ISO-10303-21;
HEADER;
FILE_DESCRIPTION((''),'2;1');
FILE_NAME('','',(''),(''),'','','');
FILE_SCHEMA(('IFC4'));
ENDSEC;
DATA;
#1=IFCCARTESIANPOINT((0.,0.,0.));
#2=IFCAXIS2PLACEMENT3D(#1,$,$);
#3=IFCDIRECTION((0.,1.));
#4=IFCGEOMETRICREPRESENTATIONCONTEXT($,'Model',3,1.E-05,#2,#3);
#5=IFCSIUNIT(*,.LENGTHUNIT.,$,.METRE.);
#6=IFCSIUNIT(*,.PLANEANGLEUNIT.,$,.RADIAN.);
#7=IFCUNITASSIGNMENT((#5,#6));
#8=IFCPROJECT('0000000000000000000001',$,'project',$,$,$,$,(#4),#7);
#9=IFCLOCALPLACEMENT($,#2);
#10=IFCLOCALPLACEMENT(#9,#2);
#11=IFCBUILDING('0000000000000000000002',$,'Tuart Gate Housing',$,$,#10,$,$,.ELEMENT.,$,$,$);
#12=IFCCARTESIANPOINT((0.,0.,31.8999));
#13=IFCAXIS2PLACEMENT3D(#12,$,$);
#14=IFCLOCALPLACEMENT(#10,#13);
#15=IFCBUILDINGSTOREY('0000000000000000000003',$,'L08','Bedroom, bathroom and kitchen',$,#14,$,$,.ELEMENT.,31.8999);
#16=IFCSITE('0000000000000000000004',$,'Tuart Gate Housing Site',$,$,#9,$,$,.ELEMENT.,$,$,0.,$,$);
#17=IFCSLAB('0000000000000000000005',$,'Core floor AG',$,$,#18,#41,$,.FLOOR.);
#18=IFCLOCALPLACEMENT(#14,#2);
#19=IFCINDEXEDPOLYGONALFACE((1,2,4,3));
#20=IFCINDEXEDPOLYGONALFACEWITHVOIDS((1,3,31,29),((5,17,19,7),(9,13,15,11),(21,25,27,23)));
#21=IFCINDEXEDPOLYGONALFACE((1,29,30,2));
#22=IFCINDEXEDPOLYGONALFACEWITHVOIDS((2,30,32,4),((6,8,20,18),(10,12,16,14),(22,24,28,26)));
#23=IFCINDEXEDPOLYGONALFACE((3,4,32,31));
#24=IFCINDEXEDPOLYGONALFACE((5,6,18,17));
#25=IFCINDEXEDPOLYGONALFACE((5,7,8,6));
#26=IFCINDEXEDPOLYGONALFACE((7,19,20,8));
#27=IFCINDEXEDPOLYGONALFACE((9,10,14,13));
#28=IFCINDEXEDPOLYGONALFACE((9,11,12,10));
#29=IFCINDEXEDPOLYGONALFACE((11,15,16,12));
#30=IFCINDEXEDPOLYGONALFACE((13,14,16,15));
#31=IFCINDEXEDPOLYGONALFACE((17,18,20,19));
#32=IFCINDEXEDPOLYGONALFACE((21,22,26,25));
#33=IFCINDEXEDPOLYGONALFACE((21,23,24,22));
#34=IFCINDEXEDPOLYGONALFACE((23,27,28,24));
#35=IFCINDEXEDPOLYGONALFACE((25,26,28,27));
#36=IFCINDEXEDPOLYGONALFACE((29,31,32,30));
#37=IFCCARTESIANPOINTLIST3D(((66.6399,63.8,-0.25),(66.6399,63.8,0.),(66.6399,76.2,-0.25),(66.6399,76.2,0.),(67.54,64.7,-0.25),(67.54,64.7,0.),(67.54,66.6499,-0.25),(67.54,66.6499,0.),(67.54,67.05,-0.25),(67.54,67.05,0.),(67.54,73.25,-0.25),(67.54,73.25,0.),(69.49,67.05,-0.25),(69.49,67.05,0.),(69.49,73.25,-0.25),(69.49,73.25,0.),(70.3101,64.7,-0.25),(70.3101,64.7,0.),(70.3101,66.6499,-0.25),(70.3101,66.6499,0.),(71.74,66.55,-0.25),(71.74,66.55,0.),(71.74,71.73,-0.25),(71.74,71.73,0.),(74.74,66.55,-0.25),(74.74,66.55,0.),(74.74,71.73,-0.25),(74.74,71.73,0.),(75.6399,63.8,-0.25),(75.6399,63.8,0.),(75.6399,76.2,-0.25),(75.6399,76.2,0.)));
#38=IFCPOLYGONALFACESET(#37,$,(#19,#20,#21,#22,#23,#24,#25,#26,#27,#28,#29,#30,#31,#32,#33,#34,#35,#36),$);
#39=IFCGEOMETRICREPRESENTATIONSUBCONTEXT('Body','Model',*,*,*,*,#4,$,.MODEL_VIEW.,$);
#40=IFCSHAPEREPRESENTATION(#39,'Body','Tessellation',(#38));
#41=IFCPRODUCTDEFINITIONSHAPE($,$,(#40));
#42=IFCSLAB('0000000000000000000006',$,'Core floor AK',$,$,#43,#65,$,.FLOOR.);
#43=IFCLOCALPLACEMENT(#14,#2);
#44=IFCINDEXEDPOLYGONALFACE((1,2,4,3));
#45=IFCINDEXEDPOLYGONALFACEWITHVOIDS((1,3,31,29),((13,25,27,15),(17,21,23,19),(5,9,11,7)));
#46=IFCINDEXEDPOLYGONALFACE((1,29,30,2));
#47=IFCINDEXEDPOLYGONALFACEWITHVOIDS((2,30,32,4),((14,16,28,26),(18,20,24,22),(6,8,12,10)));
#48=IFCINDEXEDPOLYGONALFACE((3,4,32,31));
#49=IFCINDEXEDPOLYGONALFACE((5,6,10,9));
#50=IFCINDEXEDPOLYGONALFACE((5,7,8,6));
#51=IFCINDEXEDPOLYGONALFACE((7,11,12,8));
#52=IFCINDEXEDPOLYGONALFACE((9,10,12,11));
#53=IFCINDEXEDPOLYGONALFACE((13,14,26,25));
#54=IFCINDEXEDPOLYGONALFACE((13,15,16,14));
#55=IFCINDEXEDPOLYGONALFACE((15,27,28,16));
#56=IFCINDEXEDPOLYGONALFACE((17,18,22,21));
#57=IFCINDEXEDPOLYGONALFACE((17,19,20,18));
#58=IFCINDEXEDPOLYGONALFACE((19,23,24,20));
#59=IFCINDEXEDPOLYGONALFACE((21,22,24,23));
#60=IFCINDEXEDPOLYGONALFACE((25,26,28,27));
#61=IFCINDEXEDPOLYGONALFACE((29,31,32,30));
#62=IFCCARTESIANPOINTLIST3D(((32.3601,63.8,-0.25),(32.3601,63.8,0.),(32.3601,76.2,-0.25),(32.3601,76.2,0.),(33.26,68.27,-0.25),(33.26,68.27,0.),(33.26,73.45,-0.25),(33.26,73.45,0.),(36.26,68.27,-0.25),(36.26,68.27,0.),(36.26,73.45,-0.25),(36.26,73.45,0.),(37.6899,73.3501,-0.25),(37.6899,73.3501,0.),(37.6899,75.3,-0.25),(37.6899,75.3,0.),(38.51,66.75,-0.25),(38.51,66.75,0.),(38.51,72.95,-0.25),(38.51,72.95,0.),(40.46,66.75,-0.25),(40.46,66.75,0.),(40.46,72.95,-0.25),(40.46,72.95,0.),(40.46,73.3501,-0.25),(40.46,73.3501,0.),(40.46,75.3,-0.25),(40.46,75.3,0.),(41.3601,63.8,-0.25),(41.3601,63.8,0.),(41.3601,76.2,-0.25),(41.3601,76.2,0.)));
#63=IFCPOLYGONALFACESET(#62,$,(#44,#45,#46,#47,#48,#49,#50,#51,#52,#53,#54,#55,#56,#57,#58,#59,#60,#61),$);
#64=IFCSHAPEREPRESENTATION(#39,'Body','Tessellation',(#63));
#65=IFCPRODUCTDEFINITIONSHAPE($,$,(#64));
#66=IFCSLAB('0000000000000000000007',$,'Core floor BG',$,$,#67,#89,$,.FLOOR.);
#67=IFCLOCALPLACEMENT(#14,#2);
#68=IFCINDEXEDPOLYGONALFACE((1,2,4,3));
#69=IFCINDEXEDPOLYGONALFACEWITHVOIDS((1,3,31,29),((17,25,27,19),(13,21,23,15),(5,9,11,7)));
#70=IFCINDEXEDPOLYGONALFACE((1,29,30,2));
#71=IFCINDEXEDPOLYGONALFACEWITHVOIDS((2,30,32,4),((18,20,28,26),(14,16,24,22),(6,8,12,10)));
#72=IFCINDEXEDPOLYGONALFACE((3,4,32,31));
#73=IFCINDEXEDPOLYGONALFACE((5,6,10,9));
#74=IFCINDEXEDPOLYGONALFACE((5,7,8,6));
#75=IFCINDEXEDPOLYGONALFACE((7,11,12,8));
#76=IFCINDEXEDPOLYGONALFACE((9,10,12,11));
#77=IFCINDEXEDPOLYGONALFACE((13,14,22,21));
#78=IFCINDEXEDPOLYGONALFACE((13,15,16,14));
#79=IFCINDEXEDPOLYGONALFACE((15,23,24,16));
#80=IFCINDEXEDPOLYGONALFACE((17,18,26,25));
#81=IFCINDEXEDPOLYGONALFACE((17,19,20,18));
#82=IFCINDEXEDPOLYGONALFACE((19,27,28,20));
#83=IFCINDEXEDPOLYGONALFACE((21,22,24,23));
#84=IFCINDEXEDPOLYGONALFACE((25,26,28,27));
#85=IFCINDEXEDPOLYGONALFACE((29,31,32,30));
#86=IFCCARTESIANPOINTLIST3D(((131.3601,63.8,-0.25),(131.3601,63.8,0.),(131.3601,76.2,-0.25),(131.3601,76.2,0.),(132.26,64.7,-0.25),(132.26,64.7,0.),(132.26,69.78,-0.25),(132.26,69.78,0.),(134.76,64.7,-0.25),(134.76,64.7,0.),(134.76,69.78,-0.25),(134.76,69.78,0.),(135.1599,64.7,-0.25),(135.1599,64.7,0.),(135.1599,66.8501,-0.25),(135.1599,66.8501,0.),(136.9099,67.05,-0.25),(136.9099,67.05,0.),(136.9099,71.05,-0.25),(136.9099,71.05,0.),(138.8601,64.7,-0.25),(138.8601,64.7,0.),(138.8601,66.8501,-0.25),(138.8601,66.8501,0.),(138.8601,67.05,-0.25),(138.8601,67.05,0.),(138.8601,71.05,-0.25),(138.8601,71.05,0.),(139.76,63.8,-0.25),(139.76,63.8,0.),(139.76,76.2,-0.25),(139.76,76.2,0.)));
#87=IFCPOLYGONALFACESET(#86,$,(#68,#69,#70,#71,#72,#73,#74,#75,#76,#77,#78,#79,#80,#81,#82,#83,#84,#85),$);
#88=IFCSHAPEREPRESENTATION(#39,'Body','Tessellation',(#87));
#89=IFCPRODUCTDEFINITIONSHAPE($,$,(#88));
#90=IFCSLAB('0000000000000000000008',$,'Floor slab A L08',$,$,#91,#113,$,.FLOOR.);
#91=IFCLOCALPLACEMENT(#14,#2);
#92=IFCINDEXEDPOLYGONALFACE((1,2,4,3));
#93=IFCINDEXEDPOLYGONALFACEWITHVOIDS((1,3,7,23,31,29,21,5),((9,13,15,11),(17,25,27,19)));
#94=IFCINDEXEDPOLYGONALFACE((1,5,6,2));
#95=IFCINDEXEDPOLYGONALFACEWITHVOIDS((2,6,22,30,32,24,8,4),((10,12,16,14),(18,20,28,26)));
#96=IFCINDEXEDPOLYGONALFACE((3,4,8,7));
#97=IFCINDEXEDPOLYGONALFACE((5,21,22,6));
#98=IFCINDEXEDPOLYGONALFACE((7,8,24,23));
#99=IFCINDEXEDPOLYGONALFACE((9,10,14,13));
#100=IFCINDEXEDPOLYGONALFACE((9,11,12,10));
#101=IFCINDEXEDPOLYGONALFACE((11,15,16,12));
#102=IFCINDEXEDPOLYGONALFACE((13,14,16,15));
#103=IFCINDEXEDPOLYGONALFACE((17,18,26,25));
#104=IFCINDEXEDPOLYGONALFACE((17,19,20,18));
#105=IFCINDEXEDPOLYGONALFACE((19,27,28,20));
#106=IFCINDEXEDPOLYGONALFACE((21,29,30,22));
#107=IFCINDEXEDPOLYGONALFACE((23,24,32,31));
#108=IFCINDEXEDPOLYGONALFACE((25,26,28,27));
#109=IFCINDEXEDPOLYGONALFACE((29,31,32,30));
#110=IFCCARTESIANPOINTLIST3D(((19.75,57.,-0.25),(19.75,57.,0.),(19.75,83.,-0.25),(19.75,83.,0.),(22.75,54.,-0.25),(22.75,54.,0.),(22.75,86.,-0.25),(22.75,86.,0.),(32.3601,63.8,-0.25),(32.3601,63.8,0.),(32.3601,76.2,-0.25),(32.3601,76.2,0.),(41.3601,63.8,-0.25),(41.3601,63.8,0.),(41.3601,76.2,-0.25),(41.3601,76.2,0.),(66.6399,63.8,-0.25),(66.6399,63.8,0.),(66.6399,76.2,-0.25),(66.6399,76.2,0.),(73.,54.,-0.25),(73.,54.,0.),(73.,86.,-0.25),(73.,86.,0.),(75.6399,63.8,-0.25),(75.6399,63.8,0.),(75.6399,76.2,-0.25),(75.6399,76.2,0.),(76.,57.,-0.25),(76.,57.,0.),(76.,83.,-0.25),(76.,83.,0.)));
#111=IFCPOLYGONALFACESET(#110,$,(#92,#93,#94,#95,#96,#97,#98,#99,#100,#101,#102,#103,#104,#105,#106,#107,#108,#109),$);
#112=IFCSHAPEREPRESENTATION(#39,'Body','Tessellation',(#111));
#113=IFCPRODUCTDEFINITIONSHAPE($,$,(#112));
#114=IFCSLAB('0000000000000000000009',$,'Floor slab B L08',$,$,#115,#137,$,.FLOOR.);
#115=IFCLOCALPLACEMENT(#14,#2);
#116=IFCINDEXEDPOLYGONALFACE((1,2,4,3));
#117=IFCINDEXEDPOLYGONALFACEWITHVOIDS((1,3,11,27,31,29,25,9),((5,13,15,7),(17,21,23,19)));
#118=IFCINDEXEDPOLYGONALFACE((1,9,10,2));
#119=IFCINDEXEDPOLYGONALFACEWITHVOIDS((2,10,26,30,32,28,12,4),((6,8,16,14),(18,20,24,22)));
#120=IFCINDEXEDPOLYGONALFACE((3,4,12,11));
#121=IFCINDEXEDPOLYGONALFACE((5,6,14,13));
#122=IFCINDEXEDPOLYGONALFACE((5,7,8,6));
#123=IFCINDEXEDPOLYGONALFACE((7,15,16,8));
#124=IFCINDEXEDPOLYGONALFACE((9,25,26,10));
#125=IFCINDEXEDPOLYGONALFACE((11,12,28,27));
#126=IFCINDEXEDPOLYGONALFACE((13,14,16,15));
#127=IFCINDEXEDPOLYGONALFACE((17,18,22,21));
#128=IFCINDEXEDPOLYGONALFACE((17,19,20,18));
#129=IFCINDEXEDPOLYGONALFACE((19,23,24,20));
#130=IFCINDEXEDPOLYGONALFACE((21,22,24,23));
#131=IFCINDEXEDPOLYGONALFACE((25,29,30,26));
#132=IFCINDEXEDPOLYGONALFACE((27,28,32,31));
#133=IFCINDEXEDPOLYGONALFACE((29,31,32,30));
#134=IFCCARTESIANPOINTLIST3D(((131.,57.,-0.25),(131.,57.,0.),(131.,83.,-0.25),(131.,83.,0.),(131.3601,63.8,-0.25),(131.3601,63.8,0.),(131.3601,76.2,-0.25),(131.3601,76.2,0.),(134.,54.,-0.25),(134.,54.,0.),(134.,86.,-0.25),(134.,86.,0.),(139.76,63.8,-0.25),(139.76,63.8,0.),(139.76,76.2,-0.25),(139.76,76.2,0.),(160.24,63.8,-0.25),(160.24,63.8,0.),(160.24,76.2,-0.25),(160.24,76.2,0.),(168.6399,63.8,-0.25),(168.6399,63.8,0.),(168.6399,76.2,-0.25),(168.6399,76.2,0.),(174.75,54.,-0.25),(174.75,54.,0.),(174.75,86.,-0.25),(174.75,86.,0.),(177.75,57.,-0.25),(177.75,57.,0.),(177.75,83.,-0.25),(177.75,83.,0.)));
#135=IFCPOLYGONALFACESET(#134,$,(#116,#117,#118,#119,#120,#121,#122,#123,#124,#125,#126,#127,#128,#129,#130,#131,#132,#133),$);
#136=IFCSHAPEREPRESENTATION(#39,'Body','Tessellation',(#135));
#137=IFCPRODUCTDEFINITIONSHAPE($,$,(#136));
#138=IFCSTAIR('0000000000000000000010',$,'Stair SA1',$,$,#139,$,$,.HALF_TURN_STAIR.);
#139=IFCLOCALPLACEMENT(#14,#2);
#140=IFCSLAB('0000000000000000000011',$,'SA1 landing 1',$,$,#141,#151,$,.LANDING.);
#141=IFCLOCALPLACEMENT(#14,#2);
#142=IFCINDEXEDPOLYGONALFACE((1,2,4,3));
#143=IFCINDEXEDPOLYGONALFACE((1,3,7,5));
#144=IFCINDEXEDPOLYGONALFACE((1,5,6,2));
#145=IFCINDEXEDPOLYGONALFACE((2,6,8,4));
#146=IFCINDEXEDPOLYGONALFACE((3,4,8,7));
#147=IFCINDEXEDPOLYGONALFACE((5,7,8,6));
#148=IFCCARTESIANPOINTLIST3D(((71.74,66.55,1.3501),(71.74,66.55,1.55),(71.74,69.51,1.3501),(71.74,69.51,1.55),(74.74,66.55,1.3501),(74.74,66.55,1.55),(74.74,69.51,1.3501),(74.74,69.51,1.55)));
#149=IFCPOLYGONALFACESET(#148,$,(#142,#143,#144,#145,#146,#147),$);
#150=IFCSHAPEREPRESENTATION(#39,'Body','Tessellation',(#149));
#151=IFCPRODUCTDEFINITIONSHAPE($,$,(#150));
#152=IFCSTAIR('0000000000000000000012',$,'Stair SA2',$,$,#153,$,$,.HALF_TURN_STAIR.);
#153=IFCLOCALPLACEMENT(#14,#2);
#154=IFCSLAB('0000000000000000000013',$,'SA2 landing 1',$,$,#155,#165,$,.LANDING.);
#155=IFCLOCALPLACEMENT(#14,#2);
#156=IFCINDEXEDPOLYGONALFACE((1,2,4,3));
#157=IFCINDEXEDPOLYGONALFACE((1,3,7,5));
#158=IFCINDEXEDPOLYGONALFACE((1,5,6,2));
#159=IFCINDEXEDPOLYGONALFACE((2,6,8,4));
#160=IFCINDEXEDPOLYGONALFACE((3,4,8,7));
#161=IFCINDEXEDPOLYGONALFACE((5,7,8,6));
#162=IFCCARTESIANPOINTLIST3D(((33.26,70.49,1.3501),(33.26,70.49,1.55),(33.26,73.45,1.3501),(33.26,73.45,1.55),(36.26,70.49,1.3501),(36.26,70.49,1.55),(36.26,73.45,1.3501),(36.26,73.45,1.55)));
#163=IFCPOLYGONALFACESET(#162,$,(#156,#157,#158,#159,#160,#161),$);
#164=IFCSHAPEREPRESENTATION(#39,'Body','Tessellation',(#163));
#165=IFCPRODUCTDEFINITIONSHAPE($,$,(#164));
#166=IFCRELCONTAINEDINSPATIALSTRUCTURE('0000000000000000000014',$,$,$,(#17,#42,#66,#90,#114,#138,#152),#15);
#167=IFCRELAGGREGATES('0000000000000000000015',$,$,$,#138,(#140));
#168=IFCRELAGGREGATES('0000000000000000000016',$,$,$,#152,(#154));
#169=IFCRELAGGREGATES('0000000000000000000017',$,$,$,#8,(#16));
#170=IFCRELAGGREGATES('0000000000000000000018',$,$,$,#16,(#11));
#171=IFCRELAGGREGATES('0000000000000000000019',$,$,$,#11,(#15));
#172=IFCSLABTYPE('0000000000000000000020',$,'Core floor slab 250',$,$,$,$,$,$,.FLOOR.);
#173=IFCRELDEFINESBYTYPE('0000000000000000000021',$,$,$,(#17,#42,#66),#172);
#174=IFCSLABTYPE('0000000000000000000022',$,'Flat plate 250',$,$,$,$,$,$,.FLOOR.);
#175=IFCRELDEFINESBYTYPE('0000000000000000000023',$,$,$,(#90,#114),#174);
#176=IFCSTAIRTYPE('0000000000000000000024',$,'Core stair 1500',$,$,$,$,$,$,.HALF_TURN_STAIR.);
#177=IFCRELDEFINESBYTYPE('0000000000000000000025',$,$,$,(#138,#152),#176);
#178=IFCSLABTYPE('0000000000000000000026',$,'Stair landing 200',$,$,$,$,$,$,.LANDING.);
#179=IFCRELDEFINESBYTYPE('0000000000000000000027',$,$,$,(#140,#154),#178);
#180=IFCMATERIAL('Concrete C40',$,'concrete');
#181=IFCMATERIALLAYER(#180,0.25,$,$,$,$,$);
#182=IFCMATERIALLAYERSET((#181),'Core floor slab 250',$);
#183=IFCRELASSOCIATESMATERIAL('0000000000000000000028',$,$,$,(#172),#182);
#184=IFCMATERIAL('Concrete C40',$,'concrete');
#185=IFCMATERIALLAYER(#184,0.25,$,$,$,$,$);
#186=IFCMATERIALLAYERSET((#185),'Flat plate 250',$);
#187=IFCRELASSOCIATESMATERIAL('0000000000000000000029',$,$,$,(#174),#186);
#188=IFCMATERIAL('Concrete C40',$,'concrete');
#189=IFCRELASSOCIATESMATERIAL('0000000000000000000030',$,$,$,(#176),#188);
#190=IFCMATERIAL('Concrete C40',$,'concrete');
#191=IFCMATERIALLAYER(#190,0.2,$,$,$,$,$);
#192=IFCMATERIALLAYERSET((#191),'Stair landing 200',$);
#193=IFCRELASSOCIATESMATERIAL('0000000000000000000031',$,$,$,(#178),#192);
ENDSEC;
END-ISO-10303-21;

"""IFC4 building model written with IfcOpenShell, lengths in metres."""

from ifc_helpers import new_model, si_unit, direction, frame, origin, place, context, subcontext, project, spatial, polyline, outline, extrude, material, layer, layer_set, type_object, element, aggregate, save


model = new_model("IFC4")

# Units and contexts
model_context = context("Model", 3, precision=1e-05, world=origin(), true_north=direction((0.0, 1.0)))
body_context = subcontext(model_context, "Body", "Model", "MODEL_VIEW")
ifc_project = project(units=[si_unit("LENGTHUNIT", "METRE"), si_unit("PLANEANGLEUNIT", "RADIAN")], contexts=[model_context])

# Site, building, storey
site_placement = place(None, origin())
site = spatial("IfcSite", under=ifc_project, at=site_placement, Name="Tuart Gate Housing Site", CompositionType="ELEMENT", RefElevation=0.0)
building_placement = place(site_placement, origin())
building = spatial("IfcBuilding", under=site, at=building_placement, Name="Tuart Gate Housing", CompositionType="ELEMENT")
storey_placement = place(building_placement, frame((0.0, 0.0, 31.8999)))
storey = spatial("IfcBuildingStorey", under=building, at=storey_placement, Name="L08", Description="Bedroom, bathroom and kitchen", CompositionType="ELEMENT", Elevation=31.8999)

# Slabs
ifc_material_1 = material(Name="Concrete C40", Category="concrete")
ifc_layer_1 = layer(ifc_material_1, 0.25)
ifc_layer_set_1 = layer_set([ifc_layer_1], Name="Core floor slab 250")
slab_type_1 = type_object("IfcSlabType", Name="Core floor slab 250", PredefinedType="FLOOR", material=ifc_layer_set_1)
slab_1_placement = place(storey_placement, frame((0.0, 0.0, -0.25)))
element("IfcSlab", 1, at=slab_1_placement, inside=storey, type_object=slab_type_1, Name="Core floor AG", PredefinedType="FLOOR", context=body_context, shape_type="SweptSolid", body=[
    extrude(outline(polyline([(66.6399, 63.8), (75.6399, 63.8), (75.6399, 76.2), (66.6399, 76.2), (66.6399, 63.8)]), holes=[polyline([(67.54, 64.7), (70.3101, 64.7), (70.3101, 66.6499), (67.54, 66.6499), (67.54, 64.7)]), polyline([(67.54, 67.05), (69.49, 67.05), (69.49, 73.25), (67.54, 73.25), (67.54, 67.05)]), polyline([(71.74, 66.55), (74.74, 66.55), (74.74, 71.73), (71.74, 71.73), (71.74, 66.55)])]), origin(), (0.0, 0.0, 1.0), 0.25),
])
slab_2_placement = place(storey_placement, frame((0.0, 0.0, -0.25)))
element("IfcSlab", 2, at=slab_2_placement, inside=storey, type_object=slab_type_1, Name="Core floor AK", PredefinedType="FLOOR", context=body_context, shape_type="SweptSolid", body=[
    extrude(outline(polyline([(32.3601, 63.8), (41.3601, 63.8), (41.3601, 76.2), (32.3601, 76.2), (32.3601, 63.8)]), holes=[polyline([(40.46, 75.3), (37.6899, 75.3), (37.6899, 73.3501), (40.46, 73.3501), (40.46, 75.3)]), polyline([(40.46, 72.95), (38.51, 72.95), (38.51, 66.75), (40.46, 66.75), (40.46, 72.95)]), polyline([(36.26, 73.45), (33.26, 73.45), (33.26, 68.27), (36.26, 68.27), (36.26, 73.45)])]), origin(), (0.0, 0.0, 1.0), 0.25),
])
slab_3_placement = place(storey_placement, frame((0.0, 0.0, -0.25)))
element("IfcSlab", 3, at=slab_3_placement, inside=storey, type_object=slab_type_1, Name="Core floor BG", PredefinedType="FLOOR", context=body_context, shape_type="SweptSolid", body=[
    extrude(outline(polyline([(131.3601, 63.8), (139.76, 63.8), (139.76, 76.2), (131.3601, 76.2), (131.3601, 63.8)]), holes=[polyline([(138.8601, 66.8501), (135.1599, 66.8501), (135.1599, 64.7), (138.8601, 64.7), (138.8601, 66.8501)]), polyline([(138.8601, 71.05), (136.9099, 71.05), (136.9099, 67.05), (138.8601, 67.05), (138.8601, 71.05)]), polyline([(134.76, 69.78), (132.26, 69.78), (132.26, 64.7), (134.76, 64.7), (134.76, 69.78)])]), origin(), (0.0, 0.0, 1.0), 0.25),
])
ifc_material_2 = material(Name="Concrete C40", Category="concrete")
ifc_layer_2 = layer(ifc_material_2, 0.25)
ifc_layer_set_2 = layer_set([ifc_layer_2], Name="Flat plate 250")
slab_type_2 = type_object("IfcSlabType", Name="Flat plate 250", PredefinedType="FLOOR", material=ifc_layer_set_2)
slab_4_placement = place(storey_placement, frame((0.0, 0.0, -0.25)))
element("IfcSlab", 4, at=slab_4_placement, inside=storey, type_object=slab_type_2, Name="Floor slab A L08", PredefinedType="FLOOR", context=body_context, shape_type="SweptSolid", body=[
    extrude(outline(polyline([(22.75, 86.0), (19.75, 83.0), (19.75, 57.0), (22.75, 54.0), (73.0, 54.0), (76.0, 57.0), (76.0, 83.0), (73.0, 86.0), (22.75, 86.0)]), holes=[polyline([(66.6399, 76.2), (75.6399, 76.2), (75.6399, 63.8), (66.6399, 63.8), (66.6399, 76.2)]), polyline([(41.3601, 76.2), (41.3601, 63.8), (32.3601, 63.8), (32.3601, 76.2), (41.3601, 76.2)])]), origin(), (0.0, 0.0, 1.0), 0.25),
])
slab_5_placement = place(storey_placement, frame((0.0, 0.0, -0.25)))
element("IfcSlab", 5, at=slab_5_placement, inside=storey, type_object=slab_type_2, Name="Floor slab B L08", PredefinedType="FLOOR", context=body_context, shape_type="SweptSolid", body=[
    extrude(outline(polyline([(134.0, 86.0), (131.0, 83.0), (131.0, 57.0), (134.0, 54.0), (174.75, 54.0), (177.75, 57.0), (177.75, 83.0), (174.75, 86.0), (134.0, 86.0)]), holes=[polyline([(131.3601, 76.2), (139.76, 76.2), (139.76, 63.8), (131.3601, 63.8), (131.3601, 76.2)]), polyline([(168.6399, 76.2), (168.6399, 63.8), (160.24, 63.8), (160.24, 76.2), (168.6399, 76.2)])]), origin(), (0.0, 0.0, 1.0), 0.25),
])

# Stairs, slabs
ifc_material_3 = material(Name="Concrete C40", Category="concrete")
stair_type = type_object("IfcStairType", Name="Core stair 1500", PredefinedType="HALF_TURN_STAIR", material=ifc_material_3)
stair_1_placement = place(storey_placement, origin())
stair_1 = element("IfcStair", 6, at=stair_1_placement, inside=storey, type_object=stair_type, Name="Stair SA1", PredefinedType="HALF_TURN_STAIR")
ifc_material_4 = material(Name="Concrete C40", Category="concrete")
ifc_layer_3 = layer(ifc_material_4, 0.2)
ifc_layer_set_3 = layer_set([ifc_layer_3], Name="Stair landing 200")
slab_type_3 = type_object("IfcSlabType", Name="Stair landing 200", PredefinedType="LANDING", material=ifc_layer_set_3)
slab_6_placement = place(storey_placement, frame((0.0, 0.0, 1.3501)))
slab_6 = element("IfcSlab", 7, at=slab_6_placement, type_object=slab_type_3, Name="SA1 landing 1", PredefinedType="LANDING", context=body_context, shape_type="SweptSolid", body=[
    extrude(outline(polyline([(71.74, 66.55), (74.74, 66.55), (74.74, 69.51), (71.74, 69.51), (71.74, 66.55)])), origin(), (0.0, 0.0, 1.0), 0.2),
])
aggregate(stair_1, [slab_6])
stair_2_placement = place(storey_placement, origin())
stair_2 = element("IfcStair", 8, at=stair_2_placement, inside=storey, type_object=stair_type, Name="Stair SA2", PredefinedType="HALF_TURN_STAIR")
slab_7_placement = place(storey_placement, frame((0.0, 0.0, 1.3501)))
slab_7 = element("IfcSlab", 9, at=slab_7_placement, type_object=slab_type_3, Name="SA2 landing 1", PredefinedType="LANDING", context=body_context, shape_type="SweptSolid", body=[
    extrude(outline(polyline([(36.26, 73.45), (33.26, 73.45), (33.26, 70.49), (36.26, 70.49), (36.26, 73.45)])), origin(), (0.0, 0.0, 1.0), 0.2),
])
aggregate(stair_2, [slab_7])

save(model, "model.ifc")
